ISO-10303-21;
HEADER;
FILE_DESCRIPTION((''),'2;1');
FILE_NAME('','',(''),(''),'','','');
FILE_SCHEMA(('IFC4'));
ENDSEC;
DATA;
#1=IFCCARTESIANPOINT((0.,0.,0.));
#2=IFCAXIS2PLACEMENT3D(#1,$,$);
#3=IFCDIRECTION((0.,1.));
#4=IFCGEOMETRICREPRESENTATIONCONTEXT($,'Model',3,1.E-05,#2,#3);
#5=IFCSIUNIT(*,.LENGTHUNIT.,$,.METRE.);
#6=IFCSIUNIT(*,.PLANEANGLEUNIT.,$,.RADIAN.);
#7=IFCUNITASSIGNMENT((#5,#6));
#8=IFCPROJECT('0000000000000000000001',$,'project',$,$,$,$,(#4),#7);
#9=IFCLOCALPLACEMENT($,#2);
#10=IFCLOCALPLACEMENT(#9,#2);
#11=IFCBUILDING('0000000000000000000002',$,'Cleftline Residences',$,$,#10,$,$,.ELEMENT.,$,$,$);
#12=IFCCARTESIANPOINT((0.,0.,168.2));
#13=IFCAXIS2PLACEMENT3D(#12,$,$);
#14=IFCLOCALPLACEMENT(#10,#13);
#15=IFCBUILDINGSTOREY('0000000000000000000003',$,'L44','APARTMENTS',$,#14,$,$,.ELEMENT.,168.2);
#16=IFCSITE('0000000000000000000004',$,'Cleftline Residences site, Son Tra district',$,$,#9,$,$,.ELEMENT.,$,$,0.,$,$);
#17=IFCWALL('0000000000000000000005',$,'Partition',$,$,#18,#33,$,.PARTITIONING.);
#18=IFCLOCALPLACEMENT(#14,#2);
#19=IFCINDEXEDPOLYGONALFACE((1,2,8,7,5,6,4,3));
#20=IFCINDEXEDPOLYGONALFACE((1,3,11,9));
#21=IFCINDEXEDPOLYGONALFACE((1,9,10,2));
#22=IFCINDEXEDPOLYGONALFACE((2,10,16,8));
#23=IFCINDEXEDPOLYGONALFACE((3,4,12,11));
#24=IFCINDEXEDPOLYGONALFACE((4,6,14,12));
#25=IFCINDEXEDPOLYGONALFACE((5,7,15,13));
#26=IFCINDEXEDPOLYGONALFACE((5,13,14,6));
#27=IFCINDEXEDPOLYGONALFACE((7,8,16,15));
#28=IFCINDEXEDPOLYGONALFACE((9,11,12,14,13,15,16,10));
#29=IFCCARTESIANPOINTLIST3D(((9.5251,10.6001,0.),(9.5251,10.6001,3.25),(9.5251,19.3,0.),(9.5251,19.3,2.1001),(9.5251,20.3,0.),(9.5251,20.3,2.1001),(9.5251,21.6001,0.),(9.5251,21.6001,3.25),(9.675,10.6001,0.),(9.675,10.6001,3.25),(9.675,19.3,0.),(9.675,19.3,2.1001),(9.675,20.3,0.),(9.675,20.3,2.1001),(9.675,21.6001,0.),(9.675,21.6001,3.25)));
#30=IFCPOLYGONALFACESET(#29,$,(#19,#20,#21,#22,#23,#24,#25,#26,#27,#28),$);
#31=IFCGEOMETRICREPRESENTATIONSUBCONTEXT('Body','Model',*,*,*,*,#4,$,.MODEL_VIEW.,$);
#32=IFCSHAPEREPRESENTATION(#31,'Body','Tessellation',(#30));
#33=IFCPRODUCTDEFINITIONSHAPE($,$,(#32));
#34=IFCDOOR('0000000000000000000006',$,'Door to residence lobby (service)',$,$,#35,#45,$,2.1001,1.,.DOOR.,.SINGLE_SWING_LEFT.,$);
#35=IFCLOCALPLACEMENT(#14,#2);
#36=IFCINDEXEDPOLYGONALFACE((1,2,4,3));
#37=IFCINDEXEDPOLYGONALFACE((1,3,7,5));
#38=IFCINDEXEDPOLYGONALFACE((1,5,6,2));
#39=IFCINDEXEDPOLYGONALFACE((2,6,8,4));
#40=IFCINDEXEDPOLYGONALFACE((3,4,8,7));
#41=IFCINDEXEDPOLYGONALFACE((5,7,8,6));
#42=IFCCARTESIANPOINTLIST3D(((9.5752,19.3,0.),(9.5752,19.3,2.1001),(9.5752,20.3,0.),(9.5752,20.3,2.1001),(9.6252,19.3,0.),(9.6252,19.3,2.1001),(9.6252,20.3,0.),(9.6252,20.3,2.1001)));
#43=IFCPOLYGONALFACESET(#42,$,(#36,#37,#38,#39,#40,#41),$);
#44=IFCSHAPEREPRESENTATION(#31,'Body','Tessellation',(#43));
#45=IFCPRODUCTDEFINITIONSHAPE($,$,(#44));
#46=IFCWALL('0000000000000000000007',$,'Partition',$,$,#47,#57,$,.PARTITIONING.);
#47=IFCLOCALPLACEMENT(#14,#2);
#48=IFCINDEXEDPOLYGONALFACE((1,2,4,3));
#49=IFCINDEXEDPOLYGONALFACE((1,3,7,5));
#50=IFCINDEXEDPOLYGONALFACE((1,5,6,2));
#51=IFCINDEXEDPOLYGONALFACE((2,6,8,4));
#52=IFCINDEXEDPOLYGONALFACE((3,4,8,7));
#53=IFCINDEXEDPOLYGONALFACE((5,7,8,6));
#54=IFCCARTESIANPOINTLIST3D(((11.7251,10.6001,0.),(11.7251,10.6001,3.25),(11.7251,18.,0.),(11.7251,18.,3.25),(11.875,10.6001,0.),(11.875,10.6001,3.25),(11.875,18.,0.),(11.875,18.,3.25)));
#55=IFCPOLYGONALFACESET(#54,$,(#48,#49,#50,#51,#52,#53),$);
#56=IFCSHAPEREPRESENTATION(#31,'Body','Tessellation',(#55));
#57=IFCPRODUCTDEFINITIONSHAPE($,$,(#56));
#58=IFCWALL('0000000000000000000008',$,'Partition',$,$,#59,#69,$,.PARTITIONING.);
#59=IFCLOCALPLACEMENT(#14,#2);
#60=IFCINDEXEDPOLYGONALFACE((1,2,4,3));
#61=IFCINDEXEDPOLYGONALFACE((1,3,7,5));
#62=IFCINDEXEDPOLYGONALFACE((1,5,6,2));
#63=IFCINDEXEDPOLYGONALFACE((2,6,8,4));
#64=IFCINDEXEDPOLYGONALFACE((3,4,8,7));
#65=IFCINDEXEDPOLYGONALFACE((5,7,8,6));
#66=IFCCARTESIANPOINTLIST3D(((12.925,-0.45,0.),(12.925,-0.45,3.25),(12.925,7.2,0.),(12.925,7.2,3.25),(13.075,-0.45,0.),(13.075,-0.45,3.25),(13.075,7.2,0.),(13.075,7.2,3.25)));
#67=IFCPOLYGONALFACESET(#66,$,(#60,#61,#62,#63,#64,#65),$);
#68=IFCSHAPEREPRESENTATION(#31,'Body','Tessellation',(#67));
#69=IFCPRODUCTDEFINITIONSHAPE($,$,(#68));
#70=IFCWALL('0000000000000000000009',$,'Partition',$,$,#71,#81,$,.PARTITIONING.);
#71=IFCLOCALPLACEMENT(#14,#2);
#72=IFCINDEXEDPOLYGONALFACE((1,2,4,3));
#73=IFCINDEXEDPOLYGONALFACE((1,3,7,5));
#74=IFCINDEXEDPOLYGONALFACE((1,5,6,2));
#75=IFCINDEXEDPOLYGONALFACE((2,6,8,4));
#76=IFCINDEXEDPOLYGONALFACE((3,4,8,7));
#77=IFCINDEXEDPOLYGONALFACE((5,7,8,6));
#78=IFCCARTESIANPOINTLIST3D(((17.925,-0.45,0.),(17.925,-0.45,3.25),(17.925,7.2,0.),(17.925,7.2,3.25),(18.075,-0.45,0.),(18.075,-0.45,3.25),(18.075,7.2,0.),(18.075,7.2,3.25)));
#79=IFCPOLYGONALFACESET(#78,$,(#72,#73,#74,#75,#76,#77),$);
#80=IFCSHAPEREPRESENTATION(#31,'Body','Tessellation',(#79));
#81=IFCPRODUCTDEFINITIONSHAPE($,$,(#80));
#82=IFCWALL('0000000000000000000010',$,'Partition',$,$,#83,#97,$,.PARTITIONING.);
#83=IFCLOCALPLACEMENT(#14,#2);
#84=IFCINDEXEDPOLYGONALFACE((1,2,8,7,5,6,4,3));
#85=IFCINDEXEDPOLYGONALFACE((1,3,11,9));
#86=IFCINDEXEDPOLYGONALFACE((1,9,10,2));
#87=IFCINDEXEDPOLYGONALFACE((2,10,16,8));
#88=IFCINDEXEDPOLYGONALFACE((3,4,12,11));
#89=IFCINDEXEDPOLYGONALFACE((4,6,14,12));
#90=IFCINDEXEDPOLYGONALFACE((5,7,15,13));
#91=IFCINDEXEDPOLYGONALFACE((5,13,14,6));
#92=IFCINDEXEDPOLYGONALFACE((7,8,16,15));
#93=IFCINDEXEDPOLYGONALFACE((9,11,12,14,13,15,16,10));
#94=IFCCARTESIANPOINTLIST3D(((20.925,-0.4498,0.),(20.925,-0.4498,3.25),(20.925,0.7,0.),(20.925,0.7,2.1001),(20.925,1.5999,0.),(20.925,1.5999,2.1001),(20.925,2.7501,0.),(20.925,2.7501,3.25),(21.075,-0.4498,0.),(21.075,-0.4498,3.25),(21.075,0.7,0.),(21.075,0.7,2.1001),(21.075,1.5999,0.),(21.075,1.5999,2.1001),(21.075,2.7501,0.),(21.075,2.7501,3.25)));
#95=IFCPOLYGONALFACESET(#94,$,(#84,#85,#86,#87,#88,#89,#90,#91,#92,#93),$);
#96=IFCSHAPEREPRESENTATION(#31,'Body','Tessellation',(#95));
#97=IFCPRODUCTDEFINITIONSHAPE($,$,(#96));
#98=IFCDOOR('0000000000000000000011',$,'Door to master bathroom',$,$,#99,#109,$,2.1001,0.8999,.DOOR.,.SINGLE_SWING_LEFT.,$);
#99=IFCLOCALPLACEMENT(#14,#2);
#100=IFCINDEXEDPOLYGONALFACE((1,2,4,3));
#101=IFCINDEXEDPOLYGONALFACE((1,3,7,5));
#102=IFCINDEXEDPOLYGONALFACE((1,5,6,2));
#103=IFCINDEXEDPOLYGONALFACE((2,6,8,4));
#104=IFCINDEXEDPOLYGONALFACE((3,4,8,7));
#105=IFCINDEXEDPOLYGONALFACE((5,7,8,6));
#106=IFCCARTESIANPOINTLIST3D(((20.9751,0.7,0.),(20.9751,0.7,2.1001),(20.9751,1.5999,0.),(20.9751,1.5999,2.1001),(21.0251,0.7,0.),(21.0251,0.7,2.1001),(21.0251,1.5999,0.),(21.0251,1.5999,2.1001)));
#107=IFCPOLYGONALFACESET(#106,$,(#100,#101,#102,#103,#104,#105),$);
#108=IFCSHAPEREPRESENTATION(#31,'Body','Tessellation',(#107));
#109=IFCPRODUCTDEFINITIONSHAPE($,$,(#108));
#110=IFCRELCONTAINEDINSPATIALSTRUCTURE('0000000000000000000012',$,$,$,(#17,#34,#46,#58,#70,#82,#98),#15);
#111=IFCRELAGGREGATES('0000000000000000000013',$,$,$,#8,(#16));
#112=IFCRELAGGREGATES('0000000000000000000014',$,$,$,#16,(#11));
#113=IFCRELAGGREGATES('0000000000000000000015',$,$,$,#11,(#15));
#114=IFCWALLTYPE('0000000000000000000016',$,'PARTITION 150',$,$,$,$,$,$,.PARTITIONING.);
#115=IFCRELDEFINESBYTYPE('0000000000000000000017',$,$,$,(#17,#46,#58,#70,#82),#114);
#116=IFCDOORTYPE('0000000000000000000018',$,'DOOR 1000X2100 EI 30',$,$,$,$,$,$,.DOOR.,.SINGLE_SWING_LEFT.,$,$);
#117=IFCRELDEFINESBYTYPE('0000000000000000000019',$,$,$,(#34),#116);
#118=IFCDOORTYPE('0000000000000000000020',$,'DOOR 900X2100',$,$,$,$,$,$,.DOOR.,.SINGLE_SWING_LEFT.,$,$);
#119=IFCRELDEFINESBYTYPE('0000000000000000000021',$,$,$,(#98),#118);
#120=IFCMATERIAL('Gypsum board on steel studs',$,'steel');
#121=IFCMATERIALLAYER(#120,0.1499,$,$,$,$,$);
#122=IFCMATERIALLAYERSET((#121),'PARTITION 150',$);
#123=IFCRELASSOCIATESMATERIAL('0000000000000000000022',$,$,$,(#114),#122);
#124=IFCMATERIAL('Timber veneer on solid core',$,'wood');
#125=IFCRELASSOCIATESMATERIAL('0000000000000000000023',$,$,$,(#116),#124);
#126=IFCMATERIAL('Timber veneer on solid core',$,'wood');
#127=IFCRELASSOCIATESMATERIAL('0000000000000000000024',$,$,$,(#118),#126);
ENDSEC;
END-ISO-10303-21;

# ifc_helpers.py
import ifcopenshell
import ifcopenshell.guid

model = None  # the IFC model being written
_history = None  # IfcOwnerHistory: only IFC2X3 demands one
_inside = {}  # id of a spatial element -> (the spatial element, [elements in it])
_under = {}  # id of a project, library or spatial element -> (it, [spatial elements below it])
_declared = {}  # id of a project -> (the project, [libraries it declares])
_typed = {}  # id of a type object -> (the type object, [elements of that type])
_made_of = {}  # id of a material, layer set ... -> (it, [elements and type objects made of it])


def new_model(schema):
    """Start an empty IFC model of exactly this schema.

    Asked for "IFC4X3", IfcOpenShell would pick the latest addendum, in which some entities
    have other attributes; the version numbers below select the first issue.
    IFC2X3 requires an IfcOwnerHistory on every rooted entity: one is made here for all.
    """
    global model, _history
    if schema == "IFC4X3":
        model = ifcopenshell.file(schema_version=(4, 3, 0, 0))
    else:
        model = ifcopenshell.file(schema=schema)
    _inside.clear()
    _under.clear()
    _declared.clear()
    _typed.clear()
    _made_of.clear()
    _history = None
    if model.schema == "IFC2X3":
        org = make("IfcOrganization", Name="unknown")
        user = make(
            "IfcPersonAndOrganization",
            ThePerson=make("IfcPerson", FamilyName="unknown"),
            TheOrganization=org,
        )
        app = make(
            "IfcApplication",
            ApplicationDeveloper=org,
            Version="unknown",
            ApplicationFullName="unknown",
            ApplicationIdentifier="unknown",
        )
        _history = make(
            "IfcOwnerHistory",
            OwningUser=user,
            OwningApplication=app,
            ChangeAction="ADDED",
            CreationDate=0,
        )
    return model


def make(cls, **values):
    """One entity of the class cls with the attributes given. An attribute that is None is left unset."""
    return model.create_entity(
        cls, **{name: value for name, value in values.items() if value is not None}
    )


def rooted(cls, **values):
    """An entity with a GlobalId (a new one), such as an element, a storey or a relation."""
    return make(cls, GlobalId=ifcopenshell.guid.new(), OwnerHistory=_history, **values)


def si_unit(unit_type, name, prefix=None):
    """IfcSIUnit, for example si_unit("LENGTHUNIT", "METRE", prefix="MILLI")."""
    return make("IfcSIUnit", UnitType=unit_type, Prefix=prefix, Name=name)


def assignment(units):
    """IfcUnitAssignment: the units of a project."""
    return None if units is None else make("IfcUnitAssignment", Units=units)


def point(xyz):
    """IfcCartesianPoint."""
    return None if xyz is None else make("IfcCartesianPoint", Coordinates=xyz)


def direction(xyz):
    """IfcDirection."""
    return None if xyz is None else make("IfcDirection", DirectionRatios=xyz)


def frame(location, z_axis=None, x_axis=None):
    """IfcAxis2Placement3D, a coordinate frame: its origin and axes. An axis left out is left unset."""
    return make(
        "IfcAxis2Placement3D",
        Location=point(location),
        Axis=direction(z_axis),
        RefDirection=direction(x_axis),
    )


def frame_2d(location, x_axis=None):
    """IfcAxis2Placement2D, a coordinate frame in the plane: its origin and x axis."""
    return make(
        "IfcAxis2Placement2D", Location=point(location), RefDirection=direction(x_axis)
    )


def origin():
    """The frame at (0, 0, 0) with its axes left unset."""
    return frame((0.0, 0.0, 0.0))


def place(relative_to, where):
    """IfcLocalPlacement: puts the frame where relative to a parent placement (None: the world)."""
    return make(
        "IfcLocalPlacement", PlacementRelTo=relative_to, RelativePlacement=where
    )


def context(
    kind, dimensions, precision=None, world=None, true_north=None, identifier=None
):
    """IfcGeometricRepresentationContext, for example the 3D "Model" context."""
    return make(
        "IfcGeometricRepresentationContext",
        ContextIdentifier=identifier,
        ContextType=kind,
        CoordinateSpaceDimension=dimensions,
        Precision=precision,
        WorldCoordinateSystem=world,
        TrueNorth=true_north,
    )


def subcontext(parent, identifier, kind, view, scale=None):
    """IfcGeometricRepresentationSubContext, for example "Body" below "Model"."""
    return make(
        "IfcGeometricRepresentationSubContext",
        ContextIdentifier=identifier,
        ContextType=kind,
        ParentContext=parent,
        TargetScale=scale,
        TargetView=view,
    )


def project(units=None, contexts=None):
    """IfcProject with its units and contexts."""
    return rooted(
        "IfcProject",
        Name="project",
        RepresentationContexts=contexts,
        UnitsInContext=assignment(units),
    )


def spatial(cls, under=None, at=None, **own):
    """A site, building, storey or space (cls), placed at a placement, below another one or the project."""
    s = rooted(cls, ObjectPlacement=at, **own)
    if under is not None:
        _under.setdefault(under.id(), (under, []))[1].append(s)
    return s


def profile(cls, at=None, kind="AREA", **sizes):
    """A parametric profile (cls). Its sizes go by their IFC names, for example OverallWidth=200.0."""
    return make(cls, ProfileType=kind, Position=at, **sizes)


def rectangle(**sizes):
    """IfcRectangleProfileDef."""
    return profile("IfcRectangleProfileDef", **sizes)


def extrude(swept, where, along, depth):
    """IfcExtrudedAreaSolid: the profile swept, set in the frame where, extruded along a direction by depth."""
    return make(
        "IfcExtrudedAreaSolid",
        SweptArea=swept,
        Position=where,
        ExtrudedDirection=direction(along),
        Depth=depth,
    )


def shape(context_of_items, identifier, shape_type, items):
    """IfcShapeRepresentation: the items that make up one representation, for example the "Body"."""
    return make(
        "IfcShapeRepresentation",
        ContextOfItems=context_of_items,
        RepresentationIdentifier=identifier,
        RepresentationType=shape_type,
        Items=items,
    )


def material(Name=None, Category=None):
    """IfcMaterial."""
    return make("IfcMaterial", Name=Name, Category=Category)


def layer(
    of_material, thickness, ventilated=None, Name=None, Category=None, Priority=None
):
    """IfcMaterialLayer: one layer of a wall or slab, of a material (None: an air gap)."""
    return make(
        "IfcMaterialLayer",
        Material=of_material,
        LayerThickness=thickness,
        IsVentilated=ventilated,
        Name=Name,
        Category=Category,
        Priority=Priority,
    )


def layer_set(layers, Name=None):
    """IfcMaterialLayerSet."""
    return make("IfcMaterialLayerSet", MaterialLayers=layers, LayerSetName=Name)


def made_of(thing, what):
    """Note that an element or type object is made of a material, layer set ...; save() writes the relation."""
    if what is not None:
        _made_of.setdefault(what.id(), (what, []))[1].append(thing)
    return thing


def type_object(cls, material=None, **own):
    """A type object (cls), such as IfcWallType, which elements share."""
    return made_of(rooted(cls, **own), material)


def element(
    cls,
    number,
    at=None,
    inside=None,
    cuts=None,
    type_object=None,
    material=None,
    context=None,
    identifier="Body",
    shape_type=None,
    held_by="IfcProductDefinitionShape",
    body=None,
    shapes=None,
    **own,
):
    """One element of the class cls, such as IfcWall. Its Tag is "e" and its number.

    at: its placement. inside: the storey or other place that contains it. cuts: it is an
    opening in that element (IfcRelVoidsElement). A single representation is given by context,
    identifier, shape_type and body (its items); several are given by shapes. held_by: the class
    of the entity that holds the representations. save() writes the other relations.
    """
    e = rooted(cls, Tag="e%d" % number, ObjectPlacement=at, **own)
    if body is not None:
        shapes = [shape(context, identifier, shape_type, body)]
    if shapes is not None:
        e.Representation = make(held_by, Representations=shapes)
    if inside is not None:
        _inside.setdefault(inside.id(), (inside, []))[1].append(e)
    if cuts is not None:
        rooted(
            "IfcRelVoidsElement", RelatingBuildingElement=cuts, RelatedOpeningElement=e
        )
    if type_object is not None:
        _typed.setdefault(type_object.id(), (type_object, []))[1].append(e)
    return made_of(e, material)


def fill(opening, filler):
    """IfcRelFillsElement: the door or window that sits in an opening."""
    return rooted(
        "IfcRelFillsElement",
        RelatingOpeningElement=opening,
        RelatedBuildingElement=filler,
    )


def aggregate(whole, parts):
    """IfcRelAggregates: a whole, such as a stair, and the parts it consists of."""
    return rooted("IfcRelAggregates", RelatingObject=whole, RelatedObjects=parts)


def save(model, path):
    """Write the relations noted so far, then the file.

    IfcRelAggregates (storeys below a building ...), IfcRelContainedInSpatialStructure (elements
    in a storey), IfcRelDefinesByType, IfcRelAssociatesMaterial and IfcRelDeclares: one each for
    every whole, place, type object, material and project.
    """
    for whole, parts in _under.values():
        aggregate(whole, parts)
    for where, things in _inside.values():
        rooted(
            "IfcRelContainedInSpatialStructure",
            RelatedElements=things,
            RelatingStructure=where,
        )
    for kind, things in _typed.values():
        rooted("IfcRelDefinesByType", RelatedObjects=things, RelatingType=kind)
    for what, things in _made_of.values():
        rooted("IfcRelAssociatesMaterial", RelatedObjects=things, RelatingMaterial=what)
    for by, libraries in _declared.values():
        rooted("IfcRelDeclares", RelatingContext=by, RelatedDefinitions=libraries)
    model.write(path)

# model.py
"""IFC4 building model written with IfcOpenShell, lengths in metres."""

from ifc_helpers import new_model, si_unit, direction, frame, frame_2d, origin, place, context, subcontext, project, spatial, rectangle, extrude, material, layer, layer_set, type_object, element, fill, save


model = new_model("IFC4")

# Units and contexts
model_context = context("Model", 3, precision=1e-05, world=origin(), true_north=direction((0.0, 1.0)))
body_context = subcontext(model_context, "Body", "Model", "MODEL_VIEW")
ifc_project = project(units=[si_unit("LENGTHUNIT", "METRE"), si_unit("PLANEANGLEUNIT", "RADIAN")], contexts=[model_context])

# Site, building, storey
site_placement = place(None, origin())
site = spatial("IfcSite", under=ifc_project, at=site_placement, Name="Cleftline Residences site, Son Tra district", CompositionType="ELEMENT", RefElevation=0.0)
building_placement = place(site_placement, origin())
building = spatial("IfcBuilding", under=site, at=building_placement, Name="Cleftline Residences", CompositionType="ELEMENT")
storey_placement = place(building_placement, frame((0.0, 0.0, 168.2)))
storey = spatial("IfcBuildingStorey", under=building, at=storey_placement, Name="L44", Description="APARTMENTS", CompositionType="ELEMENT", Elevation=168.2)

# Shared definitions
ifc_material_1 = material(Name="Gypsum board on steel studs", Category="steel")
ifc_layer_1 = layer(ifc_material_1, 0.1499)
ifc_layer_set_1 = layer_set([ifc_layer_1], Name="PARTITION 150")
wall_type = type_object("IfcWallType", Name="PARTITION 150", PredefinedType="PARTITIONING", material=ifc_layer_set_1)

# Wall, opening, door
wall_1_placement = place(storey_placement, frame((9.6001, 10.6001, 0.0), z_axis=(0.0, 0.0, 1.0), x_axis=(0.0, 1.0, 0.0)))
wall_1 = element("IfcWall", 1, at=wall_1_placement, inside=storey, type_object=wall_type, Name="Partition", PredefinedType="PARTITIONING", context=body_context, shape_type="SweptSolid", body=[
    extrude(rectangle(XDim=11.0, YDim=0.1499, at=frame_2d((5.5, 0.0))), origin(), (0.0, 0.0, 1.0), 3.25),
])
opening_1_placement = place(wall_1_placement, frame((8.7, 0.0, 0.0)))
opening_1 = element("IfcOpeningElement", 2, at=opening_1_placement, cuts=wall_1, PredefinedType="OPENING", context=body_context, shape_type="SweptSolid", body=[
    extrude(rectangle(XDim=1.0, YDim=2.1001, at=frame_2d((0.5, 1.05))), frame((0.0, 0.085, 0.0), z_axis=(0.0, -1.0, 0.0), x_axis=(1.0, 0.0, 0.0)), (0.0, 0.0, 1.0), 0.1699),
])
ifc_material_2 = material(Name="Timber veneer on solid core", Category="wood")
door_type_1 = type_object("IfcDoorType", Name="DOOR 1000X2100 EI 30", OperationType="SINGLE_SWING_LEFT", PredefinedType="DOOR", material=ifc_material_2)
door_1_placement = place(opening_1_placement, origin())
door_1 = element("IfcDoor", 3, at=door_1_placement, inside=storey, type_object=door_type_1, Name="Door to residence lobby (service)", OperationType="SINGLE_SWING_LEFT", OverallHeight=2.1001, OverallWidth=1.0, PredefinedType="DOOR", context=body_context, shape_type="SweptSolid", body=[
    extrude(rectangle(XDim=1.0, YDim=2.1001, at=frame_2d((0.5, 1.05))), frame((0.0, 0.0249, 0.0), z_axis=(0.0, -1.0, 0.0), x_axis=(1.0, 0.0, 0.0)), (0.0, 0.0, 1.0), 0.05),
])
fill(opening_1, door_1)

# Walls
wall_2_placement = place(storey_placement, frame((11.8, 10.6001, 0.0), z_axis=(0.0, 0.0, 1.0), x_axis=(0.0, 1.0, 0.0)))
element("IfcWall", 4, at=wall_2_placement, inside=storey, type_object=wall_type, Name="Partition", PredefinedType="PARTITIONING", context=body_context, shape_type="SweptSolid", body=[
    extrude(rectangle(XDim=7.3999, YDim=0.1499, at=frame_2d((3.7, 0.0))), origin(), (0.0, 0.0, 1.0), 3.25),
])
for number, where, z_axis, x_axis, name in (
    (5, (13.0, -0.45, 0.0), (0.0, 0.0, 1.0), (0.0, 1.0, 0.0), "Partition"),
    (6, (18.0, -0.45, 0.0), (0.0, 0.0, 1.0), (0.0, 1.0, 0.0), "Partition"),
):
    element("IfcWall", number, at=place(storey_placement, frame(where, z_axis=z_axis, x_axis=x_axis)), inside=storey, type_object=wall_type, Name=name, PredefinedType="PARTITIONING", context=body_context, shape_type="SweptSolid", body=[
        extrude(rectangle(XDim=7.6499, YDim=0.1499, at=frame_2d((3.825, 0.0))), origin(), (0.0, 0.0, 1.0), 3.25),
    ])

# Wall, opening, door
wall_3_placement = place(storey_placement, frame((21.0, -0.45, 0.0), z_axis=(0.0, 0.0, 1.0), x_axis=(0.0, 1.0, 0.0)))
wall_3 = element("IfcWall", 7, at=wall_3_placement, inside=storey, type_object=wall_type, Name="Partition", PredefinedType="PARTITIONING", context=body_context, shape_type="SweptSolid", body=[
    extrude(rectangle(XDim=3.2, YDim=0.1499, at=frame_2d((1.6001, 0.0))), origin(), (0.0, 0.0, 1.0), 3.25),
])
opening_2_placement = place(wall_3_placement, frame((1.1499, 0.0, 0.0)))
opening_2 = element("IfcOpeningElement", 8, at=opening_2_placement, cuts=wall_3, PredefinedType="OPENING", context=body_context, shape_type="SweptSolid", body=[
    extrude(rectangle(XDim=0.8999, YDim=2.1001, at=frame_2d((0.45, 1.05))), frame((0.0, 0.085, 0.0), z_axis=(0.0, -1.0, 0.0), x_axis=(1.0, 0.0, 0.0)), (0.0, 0.0, 1.0), 0.1699),
])
ifc_material_3 = material(Name="Timber veneer on solid core", Category="wood")
door_type_2 = type_object("IfcDoorType", Name="DOOR 900X2100", OperationType="SINGLE_SWING_LEFT", PredefinedType="DOOR", material=ifc_material_3)
door_2_placement = place(opening_2_placement, origin())
door_2 = element("IfcDoor", 9, at=door_2_placement, inside=storey, type_object=door_type_2, Name="Door to master bathroom", OperationType="SINGLE_SWING_LEFT", OverallHeight=2.1001, OverallWidth=0.8999, PredefinedType="DOOR", context=body_context, shape_type="SweptSolid", body=[
    extrude(rectangle(XDim=0.8999, YDim=2.1001, at=frame_2d((0.45, 1.05))), frame((0.0, 0.0249, 0.0), z_axis=(0.0, -1.0, 0.0), x_axis=(1.0, 0.0, 0.0)), (0.0, 0.0, 1.0), 0.05),
])
fill(opening_2, door_2)

save(model, "model.ifc")
